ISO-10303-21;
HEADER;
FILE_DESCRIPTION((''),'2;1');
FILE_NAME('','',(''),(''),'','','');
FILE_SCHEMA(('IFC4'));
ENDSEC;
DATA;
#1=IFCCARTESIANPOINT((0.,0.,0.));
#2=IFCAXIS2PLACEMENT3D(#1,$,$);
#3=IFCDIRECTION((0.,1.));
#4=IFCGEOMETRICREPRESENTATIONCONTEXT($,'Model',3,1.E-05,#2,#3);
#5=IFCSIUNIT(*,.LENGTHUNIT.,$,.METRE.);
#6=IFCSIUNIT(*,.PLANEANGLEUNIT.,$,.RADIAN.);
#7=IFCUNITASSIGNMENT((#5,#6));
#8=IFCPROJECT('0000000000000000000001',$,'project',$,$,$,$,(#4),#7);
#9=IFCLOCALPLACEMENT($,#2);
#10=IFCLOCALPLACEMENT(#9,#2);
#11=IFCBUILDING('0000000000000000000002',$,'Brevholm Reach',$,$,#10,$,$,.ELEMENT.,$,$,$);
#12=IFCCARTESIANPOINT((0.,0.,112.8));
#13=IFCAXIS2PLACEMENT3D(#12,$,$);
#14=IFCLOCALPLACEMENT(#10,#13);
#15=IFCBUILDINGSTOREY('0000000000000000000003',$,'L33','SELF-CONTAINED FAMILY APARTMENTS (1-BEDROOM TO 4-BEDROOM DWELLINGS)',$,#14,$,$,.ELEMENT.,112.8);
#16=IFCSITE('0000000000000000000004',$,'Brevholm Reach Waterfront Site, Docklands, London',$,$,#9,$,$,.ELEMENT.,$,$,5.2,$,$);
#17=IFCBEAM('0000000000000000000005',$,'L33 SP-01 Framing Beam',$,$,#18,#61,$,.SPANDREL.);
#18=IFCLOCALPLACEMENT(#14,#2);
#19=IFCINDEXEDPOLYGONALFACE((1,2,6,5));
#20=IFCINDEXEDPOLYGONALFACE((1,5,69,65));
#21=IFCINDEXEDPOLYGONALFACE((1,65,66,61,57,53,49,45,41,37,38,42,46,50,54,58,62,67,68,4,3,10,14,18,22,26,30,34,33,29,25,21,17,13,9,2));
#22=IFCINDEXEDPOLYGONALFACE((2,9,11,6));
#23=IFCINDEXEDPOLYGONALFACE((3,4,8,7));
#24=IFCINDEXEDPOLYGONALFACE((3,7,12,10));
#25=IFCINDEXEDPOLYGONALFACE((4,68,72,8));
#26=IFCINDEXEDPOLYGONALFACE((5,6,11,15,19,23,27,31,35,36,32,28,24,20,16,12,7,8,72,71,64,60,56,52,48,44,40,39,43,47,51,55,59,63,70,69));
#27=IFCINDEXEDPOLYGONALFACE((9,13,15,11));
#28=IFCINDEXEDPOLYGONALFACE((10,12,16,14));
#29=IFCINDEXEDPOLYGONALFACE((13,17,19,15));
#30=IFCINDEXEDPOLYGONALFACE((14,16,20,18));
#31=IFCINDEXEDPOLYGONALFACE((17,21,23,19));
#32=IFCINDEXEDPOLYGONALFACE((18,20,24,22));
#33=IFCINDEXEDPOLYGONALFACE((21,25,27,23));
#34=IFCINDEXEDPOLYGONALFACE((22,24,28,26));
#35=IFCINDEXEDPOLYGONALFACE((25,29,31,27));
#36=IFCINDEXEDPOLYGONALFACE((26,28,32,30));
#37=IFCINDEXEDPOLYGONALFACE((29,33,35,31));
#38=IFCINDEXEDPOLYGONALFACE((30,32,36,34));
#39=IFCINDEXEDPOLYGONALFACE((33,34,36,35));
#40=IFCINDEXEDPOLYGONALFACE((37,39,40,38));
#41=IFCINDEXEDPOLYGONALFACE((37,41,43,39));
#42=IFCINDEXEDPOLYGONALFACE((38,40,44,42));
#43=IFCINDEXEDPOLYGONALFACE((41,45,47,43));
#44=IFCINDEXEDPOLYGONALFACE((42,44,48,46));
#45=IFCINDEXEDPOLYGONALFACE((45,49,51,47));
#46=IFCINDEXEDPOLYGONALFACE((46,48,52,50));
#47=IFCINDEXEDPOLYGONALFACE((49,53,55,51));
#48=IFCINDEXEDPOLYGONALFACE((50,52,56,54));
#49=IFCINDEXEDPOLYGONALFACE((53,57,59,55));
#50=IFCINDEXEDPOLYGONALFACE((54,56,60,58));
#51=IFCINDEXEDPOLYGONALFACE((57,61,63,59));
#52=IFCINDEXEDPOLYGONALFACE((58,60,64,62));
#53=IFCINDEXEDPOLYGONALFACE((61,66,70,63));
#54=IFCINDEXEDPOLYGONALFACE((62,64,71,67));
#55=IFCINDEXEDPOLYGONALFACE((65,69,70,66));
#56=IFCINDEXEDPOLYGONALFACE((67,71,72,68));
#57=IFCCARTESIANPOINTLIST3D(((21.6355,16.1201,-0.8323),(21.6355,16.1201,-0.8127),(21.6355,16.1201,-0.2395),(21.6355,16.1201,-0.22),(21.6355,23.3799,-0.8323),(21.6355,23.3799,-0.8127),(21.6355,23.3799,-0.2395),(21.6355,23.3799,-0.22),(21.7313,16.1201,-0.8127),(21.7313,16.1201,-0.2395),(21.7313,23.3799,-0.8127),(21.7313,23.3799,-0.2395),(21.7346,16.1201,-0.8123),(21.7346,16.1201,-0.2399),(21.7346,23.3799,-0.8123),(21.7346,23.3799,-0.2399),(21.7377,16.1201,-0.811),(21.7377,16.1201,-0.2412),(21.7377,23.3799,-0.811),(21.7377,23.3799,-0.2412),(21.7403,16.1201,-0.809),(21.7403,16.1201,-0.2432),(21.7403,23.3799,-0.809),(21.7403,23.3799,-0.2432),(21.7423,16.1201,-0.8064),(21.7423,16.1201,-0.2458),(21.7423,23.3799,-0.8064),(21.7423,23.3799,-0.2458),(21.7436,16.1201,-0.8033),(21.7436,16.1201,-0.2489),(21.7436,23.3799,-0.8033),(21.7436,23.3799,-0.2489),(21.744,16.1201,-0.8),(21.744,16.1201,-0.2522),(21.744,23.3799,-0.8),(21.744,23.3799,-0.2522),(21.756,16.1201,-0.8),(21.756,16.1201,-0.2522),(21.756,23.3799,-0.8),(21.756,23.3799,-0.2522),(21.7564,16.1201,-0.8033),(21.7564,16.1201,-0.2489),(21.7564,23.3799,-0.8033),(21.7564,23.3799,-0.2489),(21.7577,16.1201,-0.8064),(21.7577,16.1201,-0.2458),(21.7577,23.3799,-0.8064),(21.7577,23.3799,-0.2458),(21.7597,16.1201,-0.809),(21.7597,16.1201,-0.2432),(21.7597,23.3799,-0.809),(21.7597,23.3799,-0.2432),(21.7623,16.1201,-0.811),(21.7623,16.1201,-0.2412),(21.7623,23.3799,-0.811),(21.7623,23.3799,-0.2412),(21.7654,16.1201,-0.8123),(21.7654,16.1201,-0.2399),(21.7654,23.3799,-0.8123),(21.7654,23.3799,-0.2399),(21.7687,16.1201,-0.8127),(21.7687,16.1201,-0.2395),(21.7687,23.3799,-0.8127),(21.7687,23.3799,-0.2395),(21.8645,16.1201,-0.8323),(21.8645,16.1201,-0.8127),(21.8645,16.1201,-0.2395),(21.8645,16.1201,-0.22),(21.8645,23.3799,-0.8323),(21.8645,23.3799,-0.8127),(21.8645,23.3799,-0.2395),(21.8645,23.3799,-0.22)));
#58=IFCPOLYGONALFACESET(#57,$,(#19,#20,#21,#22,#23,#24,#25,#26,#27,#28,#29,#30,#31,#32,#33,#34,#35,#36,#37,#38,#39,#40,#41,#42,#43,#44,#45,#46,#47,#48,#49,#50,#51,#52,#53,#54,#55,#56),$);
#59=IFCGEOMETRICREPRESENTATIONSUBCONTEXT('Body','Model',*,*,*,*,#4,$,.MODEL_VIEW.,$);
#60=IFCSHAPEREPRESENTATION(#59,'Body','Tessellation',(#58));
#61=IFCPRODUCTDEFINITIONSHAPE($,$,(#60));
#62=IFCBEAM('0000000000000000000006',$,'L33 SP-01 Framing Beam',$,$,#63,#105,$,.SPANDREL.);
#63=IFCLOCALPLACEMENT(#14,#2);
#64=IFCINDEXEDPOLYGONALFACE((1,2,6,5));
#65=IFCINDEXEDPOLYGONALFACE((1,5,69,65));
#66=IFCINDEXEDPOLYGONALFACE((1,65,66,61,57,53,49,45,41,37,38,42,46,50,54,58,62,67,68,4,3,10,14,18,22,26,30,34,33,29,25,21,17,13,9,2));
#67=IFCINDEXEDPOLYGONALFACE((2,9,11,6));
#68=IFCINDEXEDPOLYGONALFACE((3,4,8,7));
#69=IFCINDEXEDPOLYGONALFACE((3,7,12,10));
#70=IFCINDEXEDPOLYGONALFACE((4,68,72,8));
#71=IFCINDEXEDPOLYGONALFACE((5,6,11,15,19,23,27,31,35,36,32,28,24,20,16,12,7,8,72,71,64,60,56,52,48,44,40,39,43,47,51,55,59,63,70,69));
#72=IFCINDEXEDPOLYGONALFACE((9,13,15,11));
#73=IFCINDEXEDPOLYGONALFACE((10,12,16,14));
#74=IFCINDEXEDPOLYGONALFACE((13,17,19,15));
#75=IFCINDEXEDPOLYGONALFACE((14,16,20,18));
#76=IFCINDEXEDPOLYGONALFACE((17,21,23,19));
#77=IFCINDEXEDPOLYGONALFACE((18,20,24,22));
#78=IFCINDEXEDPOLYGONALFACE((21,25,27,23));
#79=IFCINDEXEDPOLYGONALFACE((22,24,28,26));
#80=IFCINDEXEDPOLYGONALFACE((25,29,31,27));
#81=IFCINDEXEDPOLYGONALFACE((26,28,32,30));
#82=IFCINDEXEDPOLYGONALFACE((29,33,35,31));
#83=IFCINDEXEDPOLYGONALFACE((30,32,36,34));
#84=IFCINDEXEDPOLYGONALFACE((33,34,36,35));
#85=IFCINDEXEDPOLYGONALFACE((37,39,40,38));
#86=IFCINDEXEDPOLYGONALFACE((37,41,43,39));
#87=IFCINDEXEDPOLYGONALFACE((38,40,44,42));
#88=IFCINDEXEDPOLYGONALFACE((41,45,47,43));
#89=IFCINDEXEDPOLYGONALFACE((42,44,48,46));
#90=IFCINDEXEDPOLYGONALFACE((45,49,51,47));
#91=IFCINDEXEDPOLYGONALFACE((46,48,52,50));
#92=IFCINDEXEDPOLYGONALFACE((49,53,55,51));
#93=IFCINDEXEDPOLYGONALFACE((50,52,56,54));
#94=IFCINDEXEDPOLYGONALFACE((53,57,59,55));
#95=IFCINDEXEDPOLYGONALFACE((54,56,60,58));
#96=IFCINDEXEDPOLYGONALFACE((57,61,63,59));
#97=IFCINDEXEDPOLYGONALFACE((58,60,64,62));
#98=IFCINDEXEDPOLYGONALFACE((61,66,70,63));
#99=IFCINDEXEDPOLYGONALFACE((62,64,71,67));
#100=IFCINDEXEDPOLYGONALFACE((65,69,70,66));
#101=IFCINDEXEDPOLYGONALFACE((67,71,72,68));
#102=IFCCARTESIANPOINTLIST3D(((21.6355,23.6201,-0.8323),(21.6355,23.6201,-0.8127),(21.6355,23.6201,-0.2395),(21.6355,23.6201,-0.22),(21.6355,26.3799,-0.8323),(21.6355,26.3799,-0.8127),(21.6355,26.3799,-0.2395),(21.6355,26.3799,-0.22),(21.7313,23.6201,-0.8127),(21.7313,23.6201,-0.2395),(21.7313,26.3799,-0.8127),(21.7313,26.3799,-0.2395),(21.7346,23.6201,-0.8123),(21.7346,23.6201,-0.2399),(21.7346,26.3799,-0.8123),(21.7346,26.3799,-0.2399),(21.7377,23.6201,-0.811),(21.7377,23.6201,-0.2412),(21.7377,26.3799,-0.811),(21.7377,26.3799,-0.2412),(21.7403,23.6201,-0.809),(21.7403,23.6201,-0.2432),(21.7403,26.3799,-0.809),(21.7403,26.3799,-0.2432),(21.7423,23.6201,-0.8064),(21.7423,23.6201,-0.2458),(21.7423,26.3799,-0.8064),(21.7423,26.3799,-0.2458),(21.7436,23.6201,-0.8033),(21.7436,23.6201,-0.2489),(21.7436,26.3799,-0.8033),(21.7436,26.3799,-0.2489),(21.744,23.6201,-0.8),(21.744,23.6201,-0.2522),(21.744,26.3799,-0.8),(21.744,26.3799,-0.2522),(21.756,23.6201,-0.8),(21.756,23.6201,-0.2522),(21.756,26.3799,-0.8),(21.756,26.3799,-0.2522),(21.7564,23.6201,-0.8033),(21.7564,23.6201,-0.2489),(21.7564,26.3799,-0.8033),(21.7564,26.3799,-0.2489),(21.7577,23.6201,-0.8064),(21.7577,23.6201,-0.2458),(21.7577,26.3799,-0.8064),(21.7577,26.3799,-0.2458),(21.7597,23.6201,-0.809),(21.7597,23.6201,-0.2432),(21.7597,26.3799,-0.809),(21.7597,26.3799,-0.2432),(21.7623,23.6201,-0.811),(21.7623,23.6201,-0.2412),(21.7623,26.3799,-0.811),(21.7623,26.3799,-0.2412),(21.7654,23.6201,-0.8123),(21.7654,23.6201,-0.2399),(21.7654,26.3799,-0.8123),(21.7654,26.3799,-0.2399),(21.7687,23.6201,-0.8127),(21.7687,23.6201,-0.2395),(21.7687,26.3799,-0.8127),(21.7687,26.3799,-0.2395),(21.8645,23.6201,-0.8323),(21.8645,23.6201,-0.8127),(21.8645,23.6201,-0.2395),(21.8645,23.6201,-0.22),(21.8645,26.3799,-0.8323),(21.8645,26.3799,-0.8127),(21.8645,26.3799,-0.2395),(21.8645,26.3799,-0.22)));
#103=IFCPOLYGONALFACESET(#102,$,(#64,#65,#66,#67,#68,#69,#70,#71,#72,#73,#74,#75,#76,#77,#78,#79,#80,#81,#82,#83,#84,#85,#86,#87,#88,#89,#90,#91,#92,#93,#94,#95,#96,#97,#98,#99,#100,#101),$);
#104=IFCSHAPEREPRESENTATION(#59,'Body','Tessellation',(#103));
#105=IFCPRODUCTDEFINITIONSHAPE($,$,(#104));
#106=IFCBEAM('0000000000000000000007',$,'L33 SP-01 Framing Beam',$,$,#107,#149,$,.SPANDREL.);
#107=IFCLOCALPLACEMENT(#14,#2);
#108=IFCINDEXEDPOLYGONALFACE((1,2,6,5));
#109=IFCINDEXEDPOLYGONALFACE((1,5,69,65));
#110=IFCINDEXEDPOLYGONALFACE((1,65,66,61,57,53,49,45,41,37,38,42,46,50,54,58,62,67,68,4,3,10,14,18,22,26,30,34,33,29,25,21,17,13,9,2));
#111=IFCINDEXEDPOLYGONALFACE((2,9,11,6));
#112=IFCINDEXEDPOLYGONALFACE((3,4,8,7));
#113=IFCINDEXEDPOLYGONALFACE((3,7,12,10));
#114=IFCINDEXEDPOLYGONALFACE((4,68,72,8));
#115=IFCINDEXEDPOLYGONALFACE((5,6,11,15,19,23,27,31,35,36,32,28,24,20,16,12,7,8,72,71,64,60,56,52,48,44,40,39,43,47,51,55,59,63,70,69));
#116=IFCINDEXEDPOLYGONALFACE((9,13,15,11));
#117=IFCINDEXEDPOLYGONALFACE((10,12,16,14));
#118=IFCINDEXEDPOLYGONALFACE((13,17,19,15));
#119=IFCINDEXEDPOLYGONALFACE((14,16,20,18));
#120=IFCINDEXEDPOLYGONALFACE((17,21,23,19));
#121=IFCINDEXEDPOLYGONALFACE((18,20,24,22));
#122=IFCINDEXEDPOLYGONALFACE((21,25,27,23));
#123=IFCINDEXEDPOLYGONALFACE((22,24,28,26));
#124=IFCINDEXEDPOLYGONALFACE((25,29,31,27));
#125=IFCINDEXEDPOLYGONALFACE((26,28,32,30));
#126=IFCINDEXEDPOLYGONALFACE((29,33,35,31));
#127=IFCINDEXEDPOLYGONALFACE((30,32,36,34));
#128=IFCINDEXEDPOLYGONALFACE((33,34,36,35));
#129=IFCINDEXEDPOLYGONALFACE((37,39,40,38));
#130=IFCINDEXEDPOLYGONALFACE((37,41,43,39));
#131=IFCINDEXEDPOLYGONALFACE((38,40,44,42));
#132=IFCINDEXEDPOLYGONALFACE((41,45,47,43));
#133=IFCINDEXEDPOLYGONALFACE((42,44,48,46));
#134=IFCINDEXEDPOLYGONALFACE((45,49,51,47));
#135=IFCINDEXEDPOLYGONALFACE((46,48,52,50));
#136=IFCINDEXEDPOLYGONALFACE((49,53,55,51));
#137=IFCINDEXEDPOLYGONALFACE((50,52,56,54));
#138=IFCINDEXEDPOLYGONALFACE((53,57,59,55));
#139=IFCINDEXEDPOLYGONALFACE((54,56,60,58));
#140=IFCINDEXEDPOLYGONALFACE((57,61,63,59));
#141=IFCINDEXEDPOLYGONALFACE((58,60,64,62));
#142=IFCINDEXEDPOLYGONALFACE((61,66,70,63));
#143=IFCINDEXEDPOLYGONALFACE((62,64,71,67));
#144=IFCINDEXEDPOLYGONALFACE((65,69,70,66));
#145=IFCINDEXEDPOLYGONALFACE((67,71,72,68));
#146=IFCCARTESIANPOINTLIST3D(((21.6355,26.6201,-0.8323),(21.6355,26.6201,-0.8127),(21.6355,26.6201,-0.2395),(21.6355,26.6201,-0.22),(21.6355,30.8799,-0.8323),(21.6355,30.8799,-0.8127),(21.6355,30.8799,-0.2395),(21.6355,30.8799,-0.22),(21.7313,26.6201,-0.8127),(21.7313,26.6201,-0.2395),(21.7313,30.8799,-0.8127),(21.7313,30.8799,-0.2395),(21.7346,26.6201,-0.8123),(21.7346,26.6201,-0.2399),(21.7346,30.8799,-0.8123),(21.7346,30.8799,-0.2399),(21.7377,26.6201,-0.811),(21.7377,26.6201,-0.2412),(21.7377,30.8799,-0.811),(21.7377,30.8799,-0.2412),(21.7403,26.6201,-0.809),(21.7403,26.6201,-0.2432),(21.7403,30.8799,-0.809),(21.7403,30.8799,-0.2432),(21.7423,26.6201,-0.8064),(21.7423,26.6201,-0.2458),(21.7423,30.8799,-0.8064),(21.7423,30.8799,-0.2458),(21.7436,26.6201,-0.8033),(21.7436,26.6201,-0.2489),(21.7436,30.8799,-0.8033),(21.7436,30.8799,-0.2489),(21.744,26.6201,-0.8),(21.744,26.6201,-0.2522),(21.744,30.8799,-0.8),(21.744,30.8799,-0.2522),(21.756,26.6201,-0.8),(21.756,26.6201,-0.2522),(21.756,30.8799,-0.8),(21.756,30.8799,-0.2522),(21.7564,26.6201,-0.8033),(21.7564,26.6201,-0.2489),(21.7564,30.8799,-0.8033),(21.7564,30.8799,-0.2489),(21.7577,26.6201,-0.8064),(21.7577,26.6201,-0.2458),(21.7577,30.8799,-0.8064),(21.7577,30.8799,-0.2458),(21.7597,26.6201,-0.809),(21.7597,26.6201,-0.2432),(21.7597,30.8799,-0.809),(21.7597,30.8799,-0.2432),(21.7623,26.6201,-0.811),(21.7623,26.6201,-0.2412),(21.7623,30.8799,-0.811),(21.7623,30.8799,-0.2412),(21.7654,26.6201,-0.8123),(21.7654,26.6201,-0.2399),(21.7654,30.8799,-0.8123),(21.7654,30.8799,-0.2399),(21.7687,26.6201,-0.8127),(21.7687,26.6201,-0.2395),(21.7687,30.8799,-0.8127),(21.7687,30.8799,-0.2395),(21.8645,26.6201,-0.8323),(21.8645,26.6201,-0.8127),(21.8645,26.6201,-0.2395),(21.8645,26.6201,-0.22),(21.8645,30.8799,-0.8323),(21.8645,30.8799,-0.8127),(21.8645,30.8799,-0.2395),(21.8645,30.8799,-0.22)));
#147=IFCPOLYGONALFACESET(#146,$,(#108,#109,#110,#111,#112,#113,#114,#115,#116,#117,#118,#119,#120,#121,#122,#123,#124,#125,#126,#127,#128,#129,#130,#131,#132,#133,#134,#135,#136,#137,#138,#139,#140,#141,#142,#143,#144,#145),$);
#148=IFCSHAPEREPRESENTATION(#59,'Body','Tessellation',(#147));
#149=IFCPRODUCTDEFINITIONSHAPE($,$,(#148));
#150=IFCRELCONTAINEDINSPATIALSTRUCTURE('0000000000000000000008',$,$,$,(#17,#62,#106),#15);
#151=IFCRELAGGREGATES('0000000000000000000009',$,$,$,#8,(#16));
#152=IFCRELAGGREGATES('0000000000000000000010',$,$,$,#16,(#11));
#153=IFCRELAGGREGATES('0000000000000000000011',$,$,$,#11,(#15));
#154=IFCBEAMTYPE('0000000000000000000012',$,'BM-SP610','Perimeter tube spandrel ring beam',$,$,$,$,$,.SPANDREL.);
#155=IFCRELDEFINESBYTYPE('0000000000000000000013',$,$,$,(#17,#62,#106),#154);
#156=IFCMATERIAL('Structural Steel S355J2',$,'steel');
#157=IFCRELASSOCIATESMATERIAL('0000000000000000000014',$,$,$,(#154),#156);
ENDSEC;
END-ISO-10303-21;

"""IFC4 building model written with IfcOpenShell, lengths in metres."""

from ifc_helpers import new_model, si_unit, direction, frame, origin, origin_2d, place, context, subcontext, project, spatial, i_section, extrude, material, material_profile, profile_set, type_object, element, save


model = new_model("IFC4")

# Units and contexts
model_context = context("Model", 3, precision=1e-05, world=origin(), true_north=direction((0.0, 1.0)))
body_context = subcontext(model_context, "Body", "Model", "MODEL_VIEW")
ifc_project = project(units=[si_unit("LENGTHUNIT", "METRE"), si_unit("PLANEANGLEUNIT", "RADIAN")], contexts=[model_context])

# Site, building, storey
site_placement = place(None, origin())
site = spatial("IfcSite", under=ifc_project, at=site_placement, Name="Brevholm Reach Waterfront Site, Docklands, London", CompositionType="ELEMENT", RefElevation=5.2)
building_placement = place(site_placement, origin())
building = spatial("IfcBuilding", under=site, at=building_placement, Name="Brevholm Reach", CompositionType="ELEMENT")
storey_placement = place(building_placement, frame((0.0, 0.0, 112.8)))
storey = spatial("IfcBuildingStorey", under=building, at=storey_placement, Name="L33", Description="SELF-CONTAINED FAMILY APARTMENTS (1-BEDROOM TO 4-BEDROOM DWELLINGS)", CompositionType="ELEMENT", Elevation=112.8)

# Beams
ifc_material_1 = material(Name="Structural Steel S355J2", Category="steel")
ifc_material_profile_1 = material_profile(ifc_material_1, i_section(OverallWidth=0.229, OverallDepth=0.6123, WebThickness=0.012, FlangeThickness=0.0195, FilletRadius=0.0127, at=origin_2d()), Name="UKB 610x229x125")
ifc_profile_set_1 = profile_set([ifc_material_profile_1], Name="Structural Steel S355J2")
beam_type_1 = type_object("IfcBeamType", Name="BM-SP610", Description="Perimeter tube spandrel ring beam", PredefinedType="SPANDREL", material=ifc_profile_set_1)
beam_1_placement = place(storey_placement, frame((21.75, 16.1201, -0.5261), z_axis=(0.0, 1.0, 0.0), x_axis=(-1.0, 0.0, 0.0)))
element("IfcBeam", 1, at=beam_1_placement, inside=storey, type_object=beam_type_1, Name="L33 SP-01 Framing Beam", PredefinedType="SPANDREL", context=body_context, shape_type="SweptSolid", body=[
    extrude(i_section(OverallWidth=0.229, OverallDepth=0.6123, WebThickness=0.012, FlangeThickness=0.0195, FilletRadius=0.0127, at=origin_2d()), origin(), (0.0, 0.0, 1.0), 7.2598),
])
beam_2_placement = place(storey_placement, frame((21.75, 23.6201, -0.5261), z_axis=(0.0, 1.0, 0.0), x_axis=(-1.0, 0.0, 0.0)))
element("IfcBeam", 2, at=beam_2_placement, inside=storey, type_object=beam_type_1, Name="L33 SP-01 Framing Beam", PredefinedType="SPANDREL", context=body_context, shape_type="SweptSolid", body=[
    extrude(i_section(OverallWidth=0.229, OverallDepth=0.6123, WebThickness=0.012, FlangeThickness=0.0195, FilletRadius=0.0127, at=origin_2d()), origin(), (0.0, 0.0, 1.0), 2.7598),
])
beam_3_placement = place(storey_placement, frame((21.75, 26.6201, -0.5261), z_axis=(0.0, 1.0, 0.0), x_axis=(-1.0, 0.0, 0.0)))
element("IfcBeam", 3, at=beam_3_placement, inside=storey, type_object=beam_type_1, Name="L33 SP-01 Framing Beam", PredefinedType="SPANDREL", context=body_context, shape_type="SweptSolid", body=[
    extrude(i_section(OverallWidth=0.229, OverallDepth=0.6123, WebThickness=0.012, FlangeThickness=0.0195, FilletRadius=0.0127, at=origin_2d()), origin(), (0.0, 0.0, 1.0), 4.2598),
])

save(model, "model.ifc")
